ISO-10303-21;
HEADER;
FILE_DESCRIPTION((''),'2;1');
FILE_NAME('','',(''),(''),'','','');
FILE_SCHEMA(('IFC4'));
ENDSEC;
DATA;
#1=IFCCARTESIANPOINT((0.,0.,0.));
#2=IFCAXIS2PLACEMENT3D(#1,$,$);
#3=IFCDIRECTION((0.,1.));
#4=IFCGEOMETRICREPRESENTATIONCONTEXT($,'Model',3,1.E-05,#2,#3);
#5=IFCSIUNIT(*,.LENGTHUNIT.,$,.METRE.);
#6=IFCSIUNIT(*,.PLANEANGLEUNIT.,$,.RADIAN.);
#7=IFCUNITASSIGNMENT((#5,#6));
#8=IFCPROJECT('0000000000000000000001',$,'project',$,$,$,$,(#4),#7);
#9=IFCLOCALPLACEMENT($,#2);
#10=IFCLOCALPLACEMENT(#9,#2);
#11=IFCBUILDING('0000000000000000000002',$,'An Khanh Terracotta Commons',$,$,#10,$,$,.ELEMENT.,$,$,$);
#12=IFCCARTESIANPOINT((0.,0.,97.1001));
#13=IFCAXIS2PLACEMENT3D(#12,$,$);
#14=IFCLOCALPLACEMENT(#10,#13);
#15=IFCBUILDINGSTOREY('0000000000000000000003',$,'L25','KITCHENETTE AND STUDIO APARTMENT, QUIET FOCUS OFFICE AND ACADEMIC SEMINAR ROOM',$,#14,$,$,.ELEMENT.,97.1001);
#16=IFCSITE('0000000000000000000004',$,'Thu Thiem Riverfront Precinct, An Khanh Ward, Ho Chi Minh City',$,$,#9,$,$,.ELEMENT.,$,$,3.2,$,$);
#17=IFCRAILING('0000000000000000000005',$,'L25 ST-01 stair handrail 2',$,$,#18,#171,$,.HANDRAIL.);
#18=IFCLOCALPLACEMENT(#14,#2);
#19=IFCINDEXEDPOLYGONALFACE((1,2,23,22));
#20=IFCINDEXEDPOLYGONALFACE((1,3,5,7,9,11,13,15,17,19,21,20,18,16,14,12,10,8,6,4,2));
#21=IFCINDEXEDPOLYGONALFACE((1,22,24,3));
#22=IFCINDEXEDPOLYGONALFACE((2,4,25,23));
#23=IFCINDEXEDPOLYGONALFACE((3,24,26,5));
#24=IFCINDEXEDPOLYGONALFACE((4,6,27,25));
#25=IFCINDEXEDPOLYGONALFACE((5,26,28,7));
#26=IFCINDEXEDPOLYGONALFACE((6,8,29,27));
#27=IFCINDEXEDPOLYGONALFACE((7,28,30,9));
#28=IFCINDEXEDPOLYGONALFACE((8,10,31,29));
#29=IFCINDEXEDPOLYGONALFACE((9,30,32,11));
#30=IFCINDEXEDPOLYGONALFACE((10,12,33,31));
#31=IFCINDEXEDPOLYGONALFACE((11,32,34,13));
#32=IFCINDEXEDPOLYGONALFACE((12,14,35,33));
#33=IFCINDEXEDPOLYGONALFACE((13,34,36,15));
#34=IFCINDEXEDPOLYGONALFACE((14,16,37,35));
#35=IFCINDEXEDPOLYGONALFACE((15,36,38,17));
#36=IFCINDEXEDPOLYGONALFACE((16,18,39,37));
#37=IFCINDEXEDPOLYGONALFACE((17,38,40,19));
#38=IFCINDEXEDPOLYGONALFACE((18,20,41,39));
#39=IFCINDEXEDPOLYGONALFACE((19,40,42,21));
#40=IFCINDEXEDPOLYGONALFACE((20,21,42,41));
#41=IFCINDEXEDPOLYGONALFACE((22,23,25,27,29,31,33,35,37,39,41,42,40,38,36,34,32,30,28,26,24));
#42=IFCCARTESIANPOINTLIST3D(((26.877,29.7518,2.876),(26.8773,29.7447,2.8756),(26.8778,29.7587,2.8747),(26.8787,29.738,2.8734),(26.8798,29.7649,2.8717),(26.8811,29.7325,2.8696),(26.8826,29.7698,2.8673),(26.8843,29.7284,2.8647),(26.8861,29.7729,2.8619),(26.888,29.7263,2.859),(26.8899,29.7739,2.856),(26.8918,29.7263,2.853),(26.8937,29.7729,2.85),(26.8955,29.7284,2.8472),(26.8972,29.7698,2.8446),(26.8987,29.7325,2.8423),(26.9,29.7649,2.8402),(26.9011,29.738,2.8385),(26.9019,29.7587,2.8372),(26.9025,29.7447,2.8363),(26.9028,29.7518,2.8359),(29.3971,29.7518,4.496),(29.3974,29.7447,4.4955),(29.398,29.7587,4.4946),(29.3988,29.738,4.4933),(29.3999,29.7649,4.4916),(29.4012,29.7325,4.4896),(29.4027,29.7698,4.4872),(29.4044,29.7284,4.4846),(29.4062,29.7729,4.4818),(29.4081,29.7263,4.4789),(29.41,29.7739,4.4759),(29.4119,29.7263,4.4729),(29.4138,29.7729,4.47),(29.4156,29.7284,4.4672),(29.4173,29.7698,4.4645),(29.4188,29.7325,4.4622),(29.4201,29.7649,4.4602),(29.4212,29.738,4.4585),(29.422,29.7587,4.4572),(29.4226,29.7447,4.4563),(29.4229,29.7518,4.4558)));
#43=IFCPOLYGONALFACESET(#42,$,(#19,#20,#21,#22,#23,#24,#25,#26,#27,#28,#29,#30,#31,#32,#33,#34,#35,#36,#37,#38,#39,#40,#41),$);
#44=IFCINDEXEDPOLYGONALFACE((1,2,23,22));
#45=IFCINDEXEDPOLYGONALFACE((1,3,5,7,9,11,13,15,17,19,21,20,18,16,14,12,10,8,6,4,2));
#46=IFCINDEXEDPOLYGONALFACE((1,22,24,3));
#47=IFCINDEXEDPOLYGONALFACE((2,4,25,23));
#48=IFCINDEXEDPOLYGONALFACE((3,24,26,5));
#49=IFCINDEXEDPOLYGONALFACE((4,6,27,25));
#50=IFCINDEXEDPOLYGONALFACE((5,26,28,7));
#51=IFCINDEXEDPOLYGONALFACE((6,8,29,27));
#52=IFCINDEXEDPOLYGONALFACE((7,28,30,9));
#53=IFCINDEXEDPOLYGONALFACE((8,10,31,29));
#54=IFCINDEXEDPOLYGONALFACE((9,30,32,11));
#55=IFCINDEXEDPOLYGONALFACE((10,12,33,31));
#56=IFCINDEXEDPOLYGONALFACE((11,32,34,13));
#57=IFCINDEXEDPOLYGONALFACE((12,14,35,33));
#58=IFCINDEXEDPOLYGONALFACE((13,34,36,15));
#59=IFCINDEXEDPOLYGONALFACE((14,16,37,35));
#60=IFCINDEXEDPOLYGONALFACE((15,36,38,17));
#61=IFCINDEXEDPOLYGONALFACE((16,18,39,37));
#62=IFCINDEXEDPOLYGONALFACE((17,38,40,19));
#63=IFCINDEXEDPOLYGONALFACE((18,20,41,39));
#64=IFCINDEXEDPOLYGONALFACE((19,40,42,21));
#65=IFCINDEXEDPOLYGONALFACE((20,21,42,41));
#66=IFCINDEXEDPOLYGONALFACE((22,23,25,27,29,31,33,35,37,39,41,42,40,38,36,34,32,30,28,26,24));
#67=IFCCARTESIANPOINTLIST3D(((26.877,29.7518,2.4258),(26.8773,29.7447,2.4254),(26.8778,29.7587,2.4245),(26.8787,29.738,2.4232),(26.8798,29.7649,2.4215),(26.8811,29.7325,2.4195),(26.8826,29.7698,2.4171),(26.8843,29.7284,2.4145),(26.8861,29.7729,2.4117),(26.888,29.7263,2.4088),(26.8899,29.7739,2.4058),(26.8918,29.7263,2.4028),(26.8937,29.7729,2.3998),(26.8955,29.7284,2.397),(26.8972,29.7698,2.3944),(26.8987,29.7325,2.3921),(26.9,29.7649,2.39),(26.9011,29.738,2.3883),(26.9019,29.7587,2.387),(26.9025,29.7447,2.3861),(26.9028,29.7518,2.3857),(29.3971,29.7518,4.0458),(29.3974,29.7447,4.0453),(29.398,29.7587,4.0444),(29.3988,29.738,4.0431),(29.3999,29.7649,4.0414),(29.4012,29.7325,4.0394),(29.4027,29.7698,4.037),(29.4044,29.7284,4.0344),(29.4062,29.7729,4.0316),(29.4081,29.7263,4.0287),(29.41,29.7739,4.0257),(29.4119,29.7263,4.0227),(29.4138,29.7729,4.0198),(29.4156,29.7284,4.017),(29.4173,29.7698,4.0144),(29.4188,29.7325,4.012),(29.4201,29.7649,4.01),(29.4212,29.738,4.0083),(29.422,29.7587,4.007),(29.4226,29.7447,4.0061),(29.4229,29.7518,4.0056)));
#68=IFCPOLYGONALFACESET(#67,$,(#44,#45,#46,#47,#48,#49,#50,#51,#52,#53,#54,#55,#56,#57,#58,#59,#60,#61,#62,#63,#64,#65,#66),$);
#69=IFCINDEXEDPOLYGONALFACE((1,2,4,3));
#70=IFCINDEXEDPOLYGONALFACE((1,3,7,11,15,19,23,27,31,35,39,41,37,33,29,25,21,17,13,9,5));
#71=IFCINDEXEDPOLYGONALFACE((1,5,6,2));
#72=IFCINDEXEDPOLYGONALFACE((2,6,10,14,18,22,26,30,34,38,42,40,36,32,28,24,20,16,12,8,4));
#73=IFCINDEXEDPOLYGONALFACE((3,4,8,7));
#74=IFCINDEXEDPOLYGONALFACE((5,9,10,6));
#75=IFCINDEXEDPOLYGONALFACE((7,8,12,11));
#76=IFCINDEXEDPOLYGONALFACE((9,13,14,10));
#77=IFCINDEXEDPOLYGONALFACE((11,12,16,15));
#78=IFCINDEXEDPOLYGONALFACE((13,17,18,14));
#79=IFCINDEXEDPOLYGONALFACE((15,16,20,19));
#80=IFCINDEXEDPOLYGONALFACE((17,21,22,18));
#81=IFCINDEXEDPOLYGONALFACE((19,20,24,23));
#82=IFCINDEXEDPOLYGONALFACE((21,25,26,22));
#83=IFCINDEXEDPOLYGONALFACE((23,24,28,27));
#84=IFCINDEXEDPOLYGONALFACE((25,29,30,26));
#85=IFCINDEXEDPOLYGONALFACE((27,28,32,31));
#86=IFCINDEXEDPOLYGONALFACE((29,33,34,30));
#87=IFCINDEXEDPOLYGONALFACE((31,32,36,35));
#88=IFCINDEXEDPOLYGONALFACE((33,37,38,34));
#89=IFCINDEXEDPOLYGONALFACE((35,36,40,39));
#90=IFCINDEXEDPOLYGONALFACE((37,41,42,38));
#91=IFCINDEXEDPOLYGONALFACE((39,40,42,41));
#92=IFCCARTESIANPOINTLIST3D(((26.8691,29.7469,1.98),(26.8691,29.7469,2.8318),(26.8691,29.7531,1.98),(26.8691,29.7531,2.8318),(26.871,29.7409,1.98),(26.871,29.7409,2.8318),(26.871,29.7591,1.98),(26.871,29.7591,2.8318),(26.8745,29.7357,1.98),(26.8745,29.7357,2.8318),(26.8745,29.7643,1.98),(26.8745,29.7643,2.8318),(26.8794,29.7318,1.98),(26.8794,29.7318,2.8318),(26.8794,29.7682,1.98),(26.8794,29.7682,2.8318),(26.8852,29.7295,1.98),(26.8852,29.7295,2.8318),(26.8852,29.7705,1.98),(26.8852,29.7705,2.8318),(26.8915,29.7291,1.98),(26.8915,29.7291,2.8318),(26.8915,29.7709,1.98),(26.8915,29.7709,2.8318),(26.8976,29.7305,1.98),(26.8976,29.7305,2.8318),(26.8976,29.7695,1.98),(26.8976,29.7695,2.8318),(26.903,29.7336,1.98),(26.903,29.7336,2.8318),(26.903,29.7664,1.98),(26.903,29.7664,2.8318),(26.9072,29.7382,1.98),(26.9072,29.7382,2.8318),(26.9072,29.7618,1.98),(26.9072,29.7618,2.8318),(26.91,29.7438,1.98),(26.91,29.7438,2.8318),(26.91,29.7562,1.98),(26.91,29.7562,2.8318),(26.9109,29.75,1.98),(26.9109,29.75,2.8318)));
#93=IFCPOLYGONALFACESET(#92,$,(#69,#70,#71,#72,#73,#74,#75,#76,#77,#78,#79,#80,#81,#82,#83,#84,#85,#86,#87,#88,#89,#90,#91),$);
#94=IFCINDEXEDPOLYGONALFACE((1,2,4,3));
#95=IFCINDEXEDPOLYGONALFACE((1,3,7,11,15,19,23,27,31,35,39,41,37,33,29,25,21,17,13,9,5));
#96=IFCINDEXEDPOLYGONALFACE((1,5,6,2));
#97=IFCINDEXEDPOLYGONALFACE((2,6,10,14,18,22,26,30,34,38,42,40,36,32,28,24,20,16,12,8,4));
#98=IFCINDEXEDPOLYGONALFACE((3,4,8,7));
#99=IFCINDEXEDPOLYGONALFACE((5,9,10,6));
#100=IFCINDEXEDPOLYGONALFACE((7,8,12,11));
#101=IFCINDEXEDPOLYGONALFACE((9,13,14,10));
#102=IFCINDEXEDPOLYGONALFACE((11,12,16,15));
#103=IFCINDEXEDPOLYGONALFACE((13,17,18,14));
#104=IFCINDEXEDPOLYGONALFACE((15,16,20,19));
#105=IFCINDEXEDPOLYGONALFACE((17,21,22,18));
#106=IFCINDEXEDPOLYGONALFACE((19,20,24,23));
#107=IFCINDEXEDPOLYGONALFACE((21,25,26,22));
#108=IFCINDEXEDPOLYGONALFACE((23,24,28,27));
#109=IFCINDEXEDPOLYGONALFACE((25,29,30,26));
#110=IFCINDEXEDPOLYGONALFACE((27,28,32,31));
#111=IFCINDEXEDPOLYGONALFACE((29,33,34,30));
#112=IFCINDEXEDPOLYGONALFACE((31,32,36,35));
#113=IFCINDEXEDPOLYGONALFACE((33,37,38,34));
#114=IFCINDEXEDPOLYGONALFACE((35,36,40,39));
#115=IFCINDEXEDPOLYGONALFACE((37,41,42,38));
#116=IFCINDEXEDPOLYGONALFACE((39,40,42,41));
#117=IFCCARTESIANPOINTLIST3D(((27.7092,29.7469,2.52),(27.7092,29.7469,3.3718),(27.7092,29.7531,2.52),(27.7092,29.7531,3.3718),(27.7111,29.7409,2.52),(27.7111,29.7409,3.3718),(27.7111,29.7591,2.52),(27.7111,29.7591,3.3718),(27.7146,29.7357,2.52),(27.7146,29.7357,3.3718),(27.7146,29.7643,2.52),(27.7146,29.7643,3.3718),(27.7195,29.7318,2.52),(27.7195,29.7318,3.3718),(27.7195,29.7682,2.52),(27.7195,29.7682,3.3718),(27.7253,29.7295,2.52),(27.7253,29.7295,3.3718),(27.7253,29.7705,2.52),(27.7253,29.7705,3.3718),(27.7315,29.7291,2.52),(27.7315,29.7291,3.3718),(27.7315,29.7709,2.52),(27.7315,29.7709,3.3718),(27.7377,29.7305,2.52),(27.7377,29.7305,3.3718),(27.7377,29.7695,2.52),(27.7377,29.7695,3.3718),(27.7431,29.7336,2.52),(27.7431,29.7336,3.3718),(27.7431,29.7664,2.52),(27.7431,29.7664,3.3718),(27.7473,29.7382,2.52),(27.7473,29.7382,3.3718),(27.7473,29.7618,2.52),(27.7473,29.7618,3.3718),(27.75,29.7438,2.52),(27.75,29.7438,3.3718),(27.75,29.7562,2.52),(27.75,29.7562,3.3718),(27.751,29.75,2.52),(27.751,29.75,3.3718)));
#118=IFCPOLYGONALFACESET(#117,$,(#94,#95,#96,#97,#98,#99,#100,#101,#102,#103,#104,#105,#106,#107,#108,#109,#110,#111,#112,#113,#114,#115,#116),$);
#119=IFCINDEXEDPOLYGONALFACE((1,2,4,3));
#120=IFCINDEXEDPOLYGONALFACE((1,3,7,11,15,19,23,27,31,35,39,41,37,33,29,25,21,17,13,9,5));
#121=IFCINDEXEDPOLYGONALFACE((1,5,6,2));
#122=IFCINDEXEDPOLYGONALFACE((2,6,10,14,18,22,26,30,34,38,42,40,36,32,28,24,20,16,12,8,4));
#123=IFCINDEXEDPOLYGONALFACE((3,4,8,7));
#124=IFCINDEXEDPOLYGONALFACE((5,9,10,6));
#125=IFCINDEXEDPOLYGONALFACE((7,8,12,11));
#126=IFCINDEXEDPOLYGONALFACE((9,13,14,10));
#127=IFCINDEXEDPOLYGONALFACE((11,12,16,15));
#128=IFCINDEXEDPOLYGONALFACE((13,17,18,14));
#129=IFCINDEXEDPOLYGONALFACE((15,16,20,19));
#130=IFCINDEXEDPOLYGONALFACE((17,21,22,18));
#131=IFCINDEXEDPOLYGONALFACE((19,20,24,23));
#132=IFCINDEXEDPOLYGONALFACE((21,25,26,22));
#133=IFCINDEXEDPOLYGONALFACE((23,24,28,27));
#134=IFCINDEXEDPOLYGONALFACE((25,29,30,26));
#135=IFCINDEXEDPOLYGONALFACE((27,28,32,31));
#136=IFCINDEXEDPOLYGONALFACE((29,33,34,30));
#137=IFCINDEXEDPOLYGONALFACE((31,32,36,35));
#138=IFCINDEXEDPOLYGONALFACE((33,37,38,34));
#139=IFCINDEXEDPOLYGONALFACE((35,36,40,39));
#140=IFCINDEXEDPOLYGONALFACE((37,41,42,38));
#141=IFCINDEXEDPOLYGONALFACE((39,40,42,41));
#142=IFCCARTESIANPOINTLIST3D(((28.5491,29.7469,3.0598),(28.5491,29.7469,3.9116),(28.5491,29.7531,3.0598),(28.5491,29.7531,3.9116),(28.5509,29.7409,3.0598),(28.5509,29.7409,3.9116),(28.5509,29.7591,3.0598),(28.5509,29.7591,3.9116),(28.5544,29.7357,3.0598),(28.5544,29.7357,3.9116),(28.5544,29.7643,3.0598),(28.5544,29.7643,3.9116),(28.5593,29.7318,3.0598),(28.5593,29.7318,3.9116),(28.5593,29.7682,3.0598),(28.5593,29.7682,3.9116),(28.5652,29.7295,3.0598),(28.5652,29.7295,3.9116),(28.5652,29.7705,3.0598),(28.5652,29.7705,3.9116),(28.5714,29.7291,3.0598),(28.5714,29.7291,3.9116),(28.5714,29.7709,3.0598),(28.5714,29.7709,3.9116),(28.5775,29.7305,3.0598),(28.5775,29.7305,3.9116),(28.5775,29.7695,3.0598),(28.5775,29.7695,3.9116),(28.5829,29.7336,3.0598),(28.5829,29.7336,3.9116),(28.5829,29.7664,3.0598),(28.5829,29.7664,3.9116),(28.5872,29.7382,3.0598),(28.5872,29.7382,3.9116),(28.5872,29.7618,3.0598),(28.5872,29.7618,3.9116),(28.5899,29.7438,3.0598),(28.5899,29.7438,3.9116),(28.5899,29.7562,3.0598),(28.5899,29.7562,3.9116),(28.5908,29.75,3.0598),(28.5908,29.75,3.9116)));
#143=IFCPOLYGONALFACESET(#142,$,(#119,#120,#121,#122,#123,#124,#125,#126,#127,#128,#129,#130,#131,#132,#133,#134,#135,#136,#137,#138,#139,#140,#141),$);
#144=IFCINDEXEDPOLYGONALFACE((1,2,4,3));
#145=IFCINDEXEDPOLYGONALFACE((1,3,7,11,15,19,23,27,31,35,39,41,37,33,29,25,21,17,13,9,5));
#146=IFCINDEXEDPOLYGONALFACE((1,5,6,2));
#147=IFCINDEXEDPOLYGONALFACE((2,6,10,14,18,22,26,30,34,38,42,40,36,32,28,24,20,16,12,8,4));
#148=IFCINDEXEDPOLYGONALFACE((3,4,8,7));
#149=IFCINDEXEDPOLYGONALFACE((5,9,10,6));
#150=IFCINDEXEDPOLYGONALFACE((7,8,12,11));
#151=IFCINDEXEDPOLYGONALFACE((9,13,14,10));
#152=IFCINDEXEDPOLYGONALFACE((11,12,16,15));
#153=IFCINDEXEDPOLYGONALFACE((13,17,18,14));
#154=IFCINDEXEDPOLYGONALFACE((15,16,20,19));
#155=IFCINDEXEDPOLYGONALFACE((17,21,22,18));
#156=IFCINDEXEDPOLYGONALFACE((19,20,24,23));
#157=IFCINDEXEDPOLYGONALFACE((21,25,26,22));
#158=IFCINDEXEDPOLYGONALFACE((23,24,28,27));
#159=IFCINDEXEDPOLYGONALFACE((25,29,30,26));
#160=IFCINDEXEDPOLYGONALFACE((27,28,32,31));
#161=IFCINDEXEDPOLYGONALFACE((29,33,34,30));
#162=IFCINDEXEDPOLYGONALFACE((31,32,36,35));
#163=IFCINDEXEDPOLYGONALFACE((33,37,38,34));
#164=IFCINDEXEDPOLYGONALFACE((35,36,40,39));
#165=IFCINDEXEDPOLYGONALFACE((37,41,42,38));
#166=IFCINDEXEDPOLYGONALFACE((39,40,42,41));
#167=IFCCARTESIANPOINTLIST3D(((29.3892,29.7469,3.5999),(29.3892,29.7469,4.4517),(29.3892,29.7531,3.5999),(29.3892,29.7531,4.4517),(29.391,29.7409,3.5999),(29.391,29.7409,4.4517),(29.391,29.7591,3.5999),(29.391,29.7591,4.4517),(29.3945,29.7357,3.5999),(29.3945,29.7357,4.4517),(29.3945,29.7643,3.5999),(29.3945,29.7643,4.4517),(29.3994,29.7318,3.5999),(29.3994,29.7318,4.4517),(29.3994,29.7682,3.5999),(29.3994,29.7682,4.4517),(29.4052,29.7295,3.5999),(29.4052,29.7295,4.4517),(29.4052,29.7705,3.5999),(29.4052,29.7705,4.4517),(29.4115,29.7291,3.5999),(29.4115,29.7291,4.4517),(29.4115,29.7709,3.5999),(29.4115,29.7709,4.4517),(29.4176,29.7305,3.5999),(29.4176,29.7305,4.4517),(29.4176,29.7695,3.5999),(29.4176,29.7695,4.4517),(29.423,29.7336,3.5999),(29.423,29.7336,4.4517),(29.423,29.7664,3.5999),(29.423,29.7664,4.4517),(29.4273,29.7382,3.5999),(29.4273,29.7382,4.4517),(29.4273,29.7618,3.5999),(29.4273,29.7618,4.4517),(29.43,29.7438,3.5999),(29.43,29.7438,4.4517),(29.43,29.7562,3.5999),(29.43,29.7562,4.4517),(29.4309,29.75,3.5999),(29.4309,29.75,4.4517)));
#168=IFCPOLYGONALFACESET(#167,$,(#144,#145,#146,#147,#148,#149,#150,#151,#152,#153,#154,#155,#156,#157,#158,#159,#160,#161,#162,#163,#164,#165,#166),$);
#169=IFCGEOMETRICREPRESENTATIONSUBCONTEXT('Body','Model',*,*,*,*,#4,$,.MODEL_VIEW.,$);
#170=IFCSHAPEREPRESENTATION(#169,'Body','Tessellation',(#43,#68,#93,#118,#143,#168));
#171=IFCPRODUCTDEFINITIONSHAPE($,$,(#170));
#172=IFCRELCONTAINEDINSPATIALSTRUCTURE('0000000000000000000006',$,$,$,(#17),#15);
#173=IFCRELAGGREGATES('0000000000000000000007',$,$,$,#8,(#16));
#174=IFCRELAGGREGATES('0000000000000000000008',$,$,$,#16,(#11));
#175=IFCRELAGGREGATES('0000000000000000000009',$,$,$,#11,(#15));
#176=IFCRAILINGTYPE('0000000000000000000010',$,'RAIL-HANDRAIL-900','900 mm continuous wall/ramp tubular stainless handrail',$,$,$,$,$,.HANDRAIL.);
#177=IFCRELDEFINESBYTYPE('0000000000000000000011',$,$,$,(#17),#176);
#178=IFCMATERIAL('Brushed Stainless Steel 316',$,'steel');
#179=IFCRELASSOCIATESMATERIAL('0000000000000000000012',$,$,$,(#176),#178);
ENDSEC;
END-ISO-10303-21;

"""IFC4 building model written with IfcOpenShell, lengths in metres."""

from ifc_helpers import new_model, si_unit, direction, frame, origin, origin_2d, place, context, subcontext, project, spatial, circle, extrude, material, type_object, element, save


model = new_model("IFC4")

# Units and contexts
model_context = context("Model", 3, precision=1e-05, world=origin(), true_north=direction((0.0, 1.0)))
body_context = subcontext(model_context, "Body", "Model", "MODEL_VIEW")
ifc_project = project(units=[si_unit("LENGTHUNIT", "METRE"), si_unit("PLANEANGLEUNIT", "RADIAN")], contexts=[model_context])

# Site, building, storey
site_placement = place(None, origin())
site = spatial("IfcSite", under=ifc_project, at=site_placement, Name="Thu Thiem Riverfront Precinct, An Khanh Ward, Ho Chi Minh City", CompositionType="ELEMENT", RefElevation=3.2)
building_placement = place(site_placement, origin())
building = spatial("IfcBuilding", under=site, at=building_placement, Name="An Khanh Terracotta Commons", CompositionType="ELEMENT")
storey_placement = place(building_placement, frame((0.0, 0.0, 97.1001)))
storey = spatial("IfcBuildingStorey", under=building, at=storey_placement, Name="L25", Description="KITCHENETTE AND STUDIO APARTMENT, QUIET FOCUS OFFICE AND ACADEMIC SEMINAR ROOM", CompositionType="ELEMENT", Elevation=97.1001)

# Railing
ifc_material_1 = material(Name="Brushed Stainless Steel 316", Category="steel")
railing_type_1 = type_object("IfcRailingType", Name="RAIL-HANDRAIL-900", Description="900 mm continuous wall/ramp tubular stainless handrail", PredefinedType="HANDRAIL", material=ifc_material_1)
railing_1_placement = place(storey_placement, frame((26.8899, 29.75, 1.98)))
element("IfcRailing", 1, at=railing_1_placement, inside=storey, type_object=railing_type_1, Name="L25 ST-01 stair handrail 2", PredefinedType="HANDRAIL", context=body_context, shape_type="SweptSolid", body=[
    extrude(circle(Radius=0.0239, at=origin_2d()), frame((0.0, 0.0, 0.876), z_axis=(0.8412, 0.0, 0.540725), x_axis=(0.0, 1.0, 0.0)), (0.0, 0.0, 1.0), 2.9958),
    extrude(circle(Radius=0.0239, at=origin_2d()), frame((0.0, 0.0, 0.4258), z_axis=(0.8412, 0.0, 0.540725), x_axis=(0.0, 1.0, 0.0)), (0.0, 0.0, 1.0), 2.9958),
    extrude(circle(Radius=0.021, at=origin_2d()), origin(), (0.0, 0.0, 1.0), 0.8518),
    extrude(circle(Radius=0.021, at=origin_2d()), frame((0.8401, 0.0, 0.54)), (0.0, 0.0, 1.0), 0.8518),
    extrude(circle(Radius=0.021, at=origin_2d()), frame((1.6799, 0.0, 1.0798)), (0.0, 0.0, 1.0), 0.8518),
    extrude(circle(Radius=0.021, at=origin_2d()), frame((2.52, 0.0, 1.6199)), (0.0, 0.0, 1.0), 0.8518),
])

save(model, "model.ifc")
